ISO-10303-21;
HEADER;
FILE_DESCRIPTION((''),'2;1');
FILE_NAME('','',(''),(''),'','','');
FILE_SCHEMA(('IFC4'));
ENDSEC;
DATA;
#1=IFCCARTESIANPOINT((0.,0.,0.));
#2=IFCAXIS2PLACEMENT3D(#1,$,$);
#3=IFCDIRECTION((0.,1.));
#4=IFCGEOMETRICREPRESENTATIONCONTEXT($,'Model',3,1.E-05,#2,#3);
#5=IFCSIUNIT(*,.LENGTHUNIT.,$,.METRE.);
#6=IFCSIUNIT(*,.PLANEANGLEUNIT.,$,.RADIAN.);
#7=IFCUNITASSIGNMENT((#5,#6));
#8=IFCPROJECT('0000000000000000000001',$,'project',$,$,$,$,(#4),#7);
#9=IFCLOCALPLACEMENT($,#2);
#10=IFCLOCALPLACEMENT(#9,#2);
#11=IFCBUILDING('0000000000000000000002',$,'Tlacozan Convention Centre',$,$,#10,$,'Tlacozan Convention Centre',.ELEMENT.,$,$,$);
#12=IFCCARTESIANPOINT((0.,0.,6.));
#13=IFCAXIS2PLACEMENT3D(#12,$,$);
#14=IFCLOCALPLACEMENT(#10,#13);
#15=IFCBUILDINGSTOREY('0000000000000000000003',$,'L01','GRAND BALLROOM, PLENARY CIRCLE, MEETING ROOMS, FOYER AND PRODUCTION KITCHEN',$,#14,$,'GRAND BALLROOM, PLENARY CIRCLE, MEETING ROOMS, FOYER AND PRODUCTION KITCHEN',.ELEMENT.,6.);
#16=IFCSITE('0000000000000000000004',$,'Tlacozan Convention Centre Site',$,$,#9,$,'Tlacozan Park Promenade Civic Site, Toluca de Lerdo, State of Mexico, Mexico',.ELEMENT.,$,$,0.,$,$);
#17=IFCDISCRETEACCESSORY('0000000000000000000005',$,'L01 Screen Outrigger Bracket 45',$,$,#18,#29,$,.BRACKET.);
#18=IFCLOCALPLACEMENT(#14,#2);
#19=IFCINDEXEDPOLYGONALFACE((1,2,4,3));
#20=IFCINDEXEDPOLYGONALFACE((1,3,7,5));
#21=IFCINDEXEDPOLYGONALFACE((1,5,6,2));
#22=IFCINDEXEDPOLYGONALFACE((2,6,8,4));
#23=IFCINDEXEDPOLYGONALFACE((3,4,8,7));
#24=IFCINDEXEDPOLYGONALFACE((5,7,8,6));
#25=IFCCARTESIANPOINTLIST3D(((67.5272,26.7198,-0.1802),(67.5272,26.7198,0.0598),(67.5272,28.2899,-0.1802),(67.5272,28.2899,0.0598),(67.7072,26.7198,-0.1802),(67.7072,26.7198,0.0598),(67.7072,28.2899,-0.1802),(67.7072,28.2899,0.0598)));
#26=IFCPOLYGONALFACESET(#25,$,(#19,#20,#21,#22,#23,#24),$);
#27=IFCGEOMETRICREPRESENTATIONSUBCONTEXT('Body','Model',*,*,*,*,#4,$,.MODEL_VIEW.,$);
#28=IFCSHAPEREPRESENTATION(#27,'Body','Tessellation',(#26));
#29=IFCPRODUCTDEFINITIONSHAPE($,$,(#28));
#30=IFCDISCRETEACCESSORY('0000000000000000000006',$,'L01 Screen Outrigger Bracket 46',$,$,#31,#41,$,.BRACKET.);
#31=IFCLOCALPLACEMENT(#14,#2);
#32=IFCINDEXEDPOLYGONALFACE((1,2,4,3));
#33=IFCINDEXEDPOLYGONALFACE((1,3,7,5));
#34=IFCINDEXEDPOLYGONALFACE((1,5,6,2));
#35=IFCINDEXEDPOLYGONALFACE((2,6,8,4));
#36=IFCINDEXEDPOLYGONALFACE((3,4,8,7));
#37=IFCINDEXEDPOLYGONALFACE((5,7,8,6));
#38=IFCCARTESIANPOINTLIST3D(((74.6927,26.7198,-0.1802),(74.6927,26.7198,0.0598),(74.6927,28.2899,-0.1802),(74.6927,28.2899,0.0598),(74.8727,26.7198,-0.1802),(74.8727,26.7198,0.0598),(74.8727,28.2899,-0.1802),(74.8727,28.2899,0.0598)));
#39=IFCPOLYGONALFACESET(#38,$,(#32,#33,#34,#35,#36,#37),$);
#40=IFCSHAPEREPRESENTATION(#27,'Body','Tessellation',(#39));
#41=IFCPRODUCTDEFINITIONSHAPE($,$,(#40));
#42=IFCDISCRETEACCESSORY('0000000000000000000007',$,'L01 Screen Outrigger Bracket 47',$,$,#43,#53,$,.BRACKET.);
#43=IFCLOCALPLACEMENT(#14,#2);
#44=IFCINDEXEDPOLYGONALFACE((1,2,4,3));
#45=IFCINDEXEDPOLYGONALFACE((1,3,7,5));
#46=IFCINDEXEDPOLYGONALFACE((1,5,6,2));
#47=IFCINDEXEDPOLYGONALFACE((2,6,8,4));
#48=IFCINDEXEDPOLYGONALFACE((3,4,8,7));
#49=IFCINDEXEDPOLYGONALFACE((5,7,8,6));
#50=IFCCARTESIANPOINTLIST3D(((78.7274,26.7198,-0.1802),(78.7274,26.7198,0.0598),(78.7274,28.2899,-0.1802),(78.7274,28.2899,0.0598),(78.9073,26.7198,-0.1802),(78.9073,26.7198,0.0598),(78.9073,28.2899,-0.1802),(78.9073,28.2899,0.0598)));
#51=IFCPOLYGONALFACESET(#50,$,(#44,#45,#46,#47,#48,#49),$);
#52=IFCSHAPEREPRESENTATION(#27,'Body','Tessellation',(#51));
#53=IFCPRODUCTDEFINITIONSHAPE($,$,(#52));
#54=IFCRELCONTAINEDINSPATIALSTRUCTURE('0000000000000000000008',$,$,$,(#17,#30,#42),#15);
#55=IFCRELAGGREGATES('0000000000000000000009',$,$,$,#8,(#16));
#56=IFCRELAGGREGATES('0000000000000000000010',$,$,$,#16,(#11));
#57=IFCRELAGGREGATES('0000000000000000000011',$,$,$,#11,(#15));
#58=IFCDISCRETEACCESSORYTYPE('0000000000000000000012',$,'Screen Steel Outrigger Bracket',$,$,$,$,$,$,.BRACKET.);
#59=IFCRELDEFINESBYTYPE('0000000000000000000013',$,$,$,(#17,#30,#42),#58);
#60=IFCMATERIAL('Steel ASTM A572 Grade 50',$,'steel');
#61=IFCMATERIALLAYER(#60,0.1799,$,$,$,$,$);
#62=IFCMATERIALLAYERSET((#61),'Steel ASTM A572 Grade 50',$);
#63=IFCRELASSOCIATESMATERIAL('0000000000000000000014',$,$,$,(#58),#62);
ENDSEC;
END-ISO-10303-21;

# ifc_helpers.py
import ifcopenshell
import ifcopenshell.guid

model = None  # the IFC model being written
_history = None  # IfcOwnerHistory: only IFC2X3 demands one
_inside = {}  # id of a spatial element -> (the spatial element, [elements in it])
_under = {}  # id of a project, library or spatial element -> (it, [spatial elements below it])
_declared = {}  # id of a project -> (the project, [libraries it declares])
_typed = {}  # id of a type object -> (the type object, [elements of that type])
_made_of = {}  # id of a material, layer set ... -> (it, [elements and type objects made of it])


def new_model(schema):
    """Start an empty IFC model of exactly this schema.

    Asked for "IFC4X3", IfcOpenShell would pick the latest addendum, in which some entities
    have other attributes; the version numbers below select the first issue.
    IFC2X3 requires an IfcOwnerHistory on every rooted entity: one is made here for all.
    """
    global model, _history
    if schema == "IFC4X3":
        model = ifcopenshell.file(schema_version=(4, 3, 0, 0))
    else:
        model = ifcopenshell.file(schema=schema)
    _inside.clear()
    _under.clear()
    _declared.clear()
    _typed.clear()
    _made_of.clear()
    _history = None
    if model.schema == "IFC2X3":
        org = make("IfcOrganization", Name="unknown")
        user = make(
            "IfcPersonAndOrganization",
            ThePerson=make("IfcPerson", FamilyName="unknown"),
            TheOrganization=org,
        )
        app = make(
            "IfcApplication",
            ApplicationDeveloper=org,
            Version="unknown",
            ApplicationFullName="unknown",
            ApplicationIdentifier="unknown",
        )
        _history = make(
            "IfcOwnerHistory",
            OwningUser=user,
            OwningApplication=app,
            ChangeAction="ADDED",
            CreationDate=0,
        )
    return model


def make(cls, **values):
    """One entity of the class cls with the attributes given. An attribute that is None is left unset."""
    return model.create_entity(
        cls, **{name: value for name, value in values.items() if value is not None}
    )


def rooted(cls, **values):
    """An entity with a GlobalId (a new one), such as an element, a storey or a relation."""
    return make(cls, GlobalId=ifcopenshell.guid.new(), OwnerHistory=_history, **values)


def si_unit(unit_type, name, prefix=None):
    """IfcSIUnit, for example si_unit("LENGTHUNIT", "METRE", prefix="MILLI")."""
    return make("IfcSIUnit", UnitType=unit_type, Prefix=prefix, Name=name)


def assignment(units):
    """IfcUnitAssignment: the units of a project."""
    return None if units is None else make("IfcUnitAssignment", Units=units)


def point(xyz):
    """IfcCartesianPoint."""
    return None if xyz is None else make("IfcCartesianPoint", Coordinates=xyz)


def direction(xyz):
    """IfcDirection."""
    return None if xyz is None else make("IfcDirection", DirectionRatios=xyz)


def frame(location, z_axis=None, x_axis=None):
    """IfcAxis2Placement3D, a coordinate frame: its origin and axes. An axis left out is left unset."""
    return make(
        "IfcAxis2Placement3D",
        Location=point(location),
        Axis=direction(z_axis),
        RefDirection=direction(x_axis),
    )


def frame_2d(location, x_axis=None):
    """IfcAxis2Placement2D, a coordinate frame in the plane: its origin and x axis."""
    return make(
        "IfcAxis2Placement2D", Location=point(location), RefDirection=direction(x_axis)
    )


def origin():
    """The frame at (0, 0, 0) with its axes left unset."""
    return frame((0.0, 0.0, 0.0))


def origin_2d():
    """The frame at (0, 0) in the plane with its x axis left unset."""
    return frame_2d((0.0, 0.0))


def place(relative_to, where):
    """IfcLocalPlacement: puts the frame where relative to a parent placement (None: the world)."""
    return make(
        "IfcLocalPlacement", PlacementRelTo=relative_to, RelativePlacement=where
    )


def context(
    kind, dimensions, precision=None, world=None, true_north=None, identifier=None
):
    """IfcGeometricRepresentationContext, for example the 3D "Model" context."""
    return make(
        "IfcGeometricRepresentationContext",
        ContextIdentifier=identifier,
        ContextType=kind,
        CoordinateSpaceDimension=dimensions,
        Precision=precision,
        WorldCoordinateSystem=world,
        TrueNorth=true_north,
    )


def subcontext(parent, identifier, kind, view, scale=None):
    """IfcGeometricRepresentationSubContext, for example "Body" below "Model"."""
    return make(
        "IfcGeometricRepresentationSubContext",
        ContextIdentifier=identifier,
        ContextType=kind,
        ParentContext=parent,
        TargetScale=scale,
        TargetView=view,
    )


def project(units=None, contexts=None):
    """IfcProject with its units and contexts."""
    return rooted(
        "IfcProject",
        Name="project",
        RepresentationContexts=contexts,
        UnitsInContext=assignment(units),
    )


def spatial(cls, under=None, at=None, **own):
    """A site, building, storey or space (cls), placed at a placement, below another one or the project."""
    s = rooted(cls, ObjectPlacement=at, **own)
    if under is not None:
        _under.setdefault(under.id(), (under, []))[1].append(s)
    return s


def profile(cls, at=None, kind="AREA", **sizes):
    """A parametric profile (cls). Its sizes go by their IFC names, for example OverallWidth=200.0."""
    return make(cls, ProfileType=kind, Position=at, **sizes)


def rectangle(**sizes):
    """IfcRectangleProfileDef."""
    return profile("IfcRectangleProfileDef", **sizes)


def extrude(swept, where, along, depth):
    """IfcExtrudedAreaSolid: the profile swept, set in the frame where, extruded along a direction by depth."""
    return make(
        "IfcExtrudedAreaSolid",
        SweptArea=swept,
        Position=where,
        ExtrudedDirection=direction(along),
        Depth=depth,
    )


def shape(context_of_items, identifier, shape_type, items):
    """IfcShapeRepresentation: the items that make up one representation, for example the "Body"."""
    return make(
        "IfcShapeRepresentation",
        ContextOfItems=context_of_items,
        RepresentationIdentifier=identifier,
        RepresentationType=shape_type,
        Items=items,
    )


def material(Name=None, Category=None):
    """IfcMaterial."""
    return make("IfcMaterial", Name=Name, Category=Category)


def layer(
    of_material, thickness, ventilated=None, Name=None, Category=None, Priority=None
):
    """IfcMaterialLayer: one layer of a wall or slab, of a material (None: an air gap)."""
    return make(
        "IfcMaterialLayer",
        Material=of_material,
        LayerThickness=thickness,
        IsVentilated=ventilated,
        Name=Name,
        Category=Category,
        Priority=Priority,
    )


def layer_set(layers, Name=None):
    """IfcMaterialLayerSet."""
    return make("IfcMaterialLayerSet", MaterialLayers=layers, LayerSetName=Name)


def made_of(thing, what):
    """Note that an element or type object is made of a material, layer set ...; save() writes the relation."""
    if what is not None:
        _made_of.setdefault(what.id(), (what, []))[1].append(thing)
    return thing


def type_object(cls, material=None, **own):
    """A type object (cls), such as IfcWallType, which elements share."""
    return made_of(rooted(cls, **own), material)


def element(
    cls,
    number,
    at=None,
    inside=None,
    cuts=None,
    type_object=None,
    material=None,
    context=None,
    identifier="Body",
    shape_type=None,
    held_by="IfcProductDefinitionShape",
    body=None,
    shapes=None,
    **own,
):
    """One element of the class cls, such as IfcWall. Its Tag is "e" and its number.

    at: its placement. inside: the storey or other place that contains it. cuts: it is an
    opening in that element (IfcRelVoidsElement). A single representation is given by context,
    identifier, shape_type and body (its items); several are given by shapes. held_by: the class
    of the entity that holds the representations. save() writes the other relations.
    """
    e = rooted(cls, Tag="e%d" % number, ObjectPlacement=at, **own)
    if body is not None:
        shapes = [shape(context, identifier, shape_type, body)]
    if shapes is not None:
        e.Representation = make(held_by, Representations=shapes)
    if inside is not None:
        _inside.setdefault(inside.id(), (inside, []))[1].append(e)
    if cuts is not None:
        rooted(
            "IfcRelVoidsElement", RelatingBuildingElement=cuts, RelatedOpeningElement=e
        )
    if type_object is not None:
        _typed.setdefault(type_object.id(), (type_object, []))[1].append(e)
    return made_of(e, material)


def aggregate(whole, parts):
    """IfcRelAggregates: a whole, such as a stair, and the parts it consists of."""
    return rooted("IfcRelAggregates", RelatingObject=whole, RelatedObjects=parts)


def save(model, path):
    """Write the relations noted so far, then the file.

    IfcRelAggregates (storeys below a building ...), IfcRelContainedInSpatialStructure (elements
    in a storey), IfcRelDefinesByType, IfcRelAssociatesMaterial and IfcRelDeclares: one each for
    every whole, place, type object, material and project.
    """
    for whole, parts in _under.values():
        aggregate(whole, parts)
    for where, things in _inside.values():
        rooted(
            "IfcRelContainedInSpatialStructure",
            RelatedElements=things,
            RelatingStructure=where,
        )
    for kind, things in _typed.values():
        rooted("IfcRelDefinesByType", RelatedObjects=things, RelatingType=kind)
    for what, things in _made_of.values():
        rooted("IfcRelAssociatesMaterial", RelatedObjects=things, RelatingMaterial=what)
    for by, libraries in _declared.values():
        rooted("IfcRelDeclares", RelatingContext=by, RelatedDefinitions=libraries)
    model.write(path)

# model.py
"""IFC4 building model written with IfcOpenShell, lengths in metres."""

from ifc_helpers import new_model, si_unit, direction, frame, origin, origin_2d, place, context, subcontext, project, spatial, rectangle, extrude, material, layer, layer_set, type_object, element, save


model = new_model("IFC4")

# Units and contexts
model_context = context("Model", 3, precision=1e-05, world=origin(), true_north=direction((0.0, 1.0)))
body_context = subcontext(model_context, "Body", "Model", "MODEL_VIEW")
ifc_project = project(units=[si_unit("LENGTHUNIT", "METRE"), si_unit("PLANEANGLEUNIT", "RADIAN")], contexts=[model_context])

# Site, building, storey
site_placement = place(None, origin())
site = spatial("IfcSite", under=ifc_project, at=site_placement, Name="Tlacozan Convention Centre Site", LongName="Tlacozan Park Promenade Civic Site, Toluca de Lerdo, State of Mexico, Mexico", CompositionType="ELEMENT", RefElevation=0.0)
building_placement = place(site_placement, origin())
building = spatial("IfcBuilding", under=site, at=building_placement, Name="Tlacozan Convention Centre", LongName="Tlacozan Convention Centre", CompositionType="ELEMENT")
storey_placement = place(building_placement, frame((0.0, 0.0, 6.0)))
storey = spatial("IfcBuildingStorey", under=building, at=storey_placement, Name="L01", Description="GRAND BALLROOM, PLENARY CIRCLE, MEETING ROOMS, FOYER AND PRODUCTION KITCHEN", LongName="GRAND BALLROOM, PLENARY CIRCLE, MEETING ROOMS, FOYER AND PRODUCTION KITCHEN", CompositionType="ELEMENT", Elevation=6.0)

# Discrete accessories
ifc_material_1 = material(Name="Steel ASTM A572 Grade 50", Category="steel")
ifc_layer_1 = layer(ifc_material_1, 0.1799)
ifc_layer_set_1 = layer_set([ifc_layer_1], Name="Steel ASTM A572 Grade 50")
discrete_accessory_type = type_object("IfcDiscreteAccessoryType", Name="Screen Steel Outrigger Bracket", PredefinedType="BRACKET", material=ifc_layer_set_1)
for number, where, z_axis, x_axis, name in (
    (1, (67.6172, 27.5049, -0.1802), (0.0, 0.0, 1.0), (0.0, -1.0, 0.0), "L01 Screen Outrigger Bracket 45"),
    (2, (74.7827, 27.5049, -0.1802), (0.0, 0.0, 1.0), (0.0, -1.0, 0.0), "L01 Screen Outrigger Bracket 46"),
    (3, (78.8174, 27.5049, -0.1802), (0.0, 0.0, 1.0), (0.0, -1.0, 0.0), "L01 Screen Outrigger Bracket 47"),
):
    element("IfcDiscreteAccessory", number, at=place(storey_placement, frame(where, z_axis=z_axis, x_axis=x_axis)), inside=storey, type_object=discrete_accessory_type, Name=name, PredefinedType="BRACKET", context=body_context, shape_type="SweptSolid", body=[
        extrude(rectangle(XDim=1.5701, YDim=0.1799, at=origin_2d()), origin(), (0.0, 0.0, 1.0), 0.24),
    ])

save(model, "model.ifc")
